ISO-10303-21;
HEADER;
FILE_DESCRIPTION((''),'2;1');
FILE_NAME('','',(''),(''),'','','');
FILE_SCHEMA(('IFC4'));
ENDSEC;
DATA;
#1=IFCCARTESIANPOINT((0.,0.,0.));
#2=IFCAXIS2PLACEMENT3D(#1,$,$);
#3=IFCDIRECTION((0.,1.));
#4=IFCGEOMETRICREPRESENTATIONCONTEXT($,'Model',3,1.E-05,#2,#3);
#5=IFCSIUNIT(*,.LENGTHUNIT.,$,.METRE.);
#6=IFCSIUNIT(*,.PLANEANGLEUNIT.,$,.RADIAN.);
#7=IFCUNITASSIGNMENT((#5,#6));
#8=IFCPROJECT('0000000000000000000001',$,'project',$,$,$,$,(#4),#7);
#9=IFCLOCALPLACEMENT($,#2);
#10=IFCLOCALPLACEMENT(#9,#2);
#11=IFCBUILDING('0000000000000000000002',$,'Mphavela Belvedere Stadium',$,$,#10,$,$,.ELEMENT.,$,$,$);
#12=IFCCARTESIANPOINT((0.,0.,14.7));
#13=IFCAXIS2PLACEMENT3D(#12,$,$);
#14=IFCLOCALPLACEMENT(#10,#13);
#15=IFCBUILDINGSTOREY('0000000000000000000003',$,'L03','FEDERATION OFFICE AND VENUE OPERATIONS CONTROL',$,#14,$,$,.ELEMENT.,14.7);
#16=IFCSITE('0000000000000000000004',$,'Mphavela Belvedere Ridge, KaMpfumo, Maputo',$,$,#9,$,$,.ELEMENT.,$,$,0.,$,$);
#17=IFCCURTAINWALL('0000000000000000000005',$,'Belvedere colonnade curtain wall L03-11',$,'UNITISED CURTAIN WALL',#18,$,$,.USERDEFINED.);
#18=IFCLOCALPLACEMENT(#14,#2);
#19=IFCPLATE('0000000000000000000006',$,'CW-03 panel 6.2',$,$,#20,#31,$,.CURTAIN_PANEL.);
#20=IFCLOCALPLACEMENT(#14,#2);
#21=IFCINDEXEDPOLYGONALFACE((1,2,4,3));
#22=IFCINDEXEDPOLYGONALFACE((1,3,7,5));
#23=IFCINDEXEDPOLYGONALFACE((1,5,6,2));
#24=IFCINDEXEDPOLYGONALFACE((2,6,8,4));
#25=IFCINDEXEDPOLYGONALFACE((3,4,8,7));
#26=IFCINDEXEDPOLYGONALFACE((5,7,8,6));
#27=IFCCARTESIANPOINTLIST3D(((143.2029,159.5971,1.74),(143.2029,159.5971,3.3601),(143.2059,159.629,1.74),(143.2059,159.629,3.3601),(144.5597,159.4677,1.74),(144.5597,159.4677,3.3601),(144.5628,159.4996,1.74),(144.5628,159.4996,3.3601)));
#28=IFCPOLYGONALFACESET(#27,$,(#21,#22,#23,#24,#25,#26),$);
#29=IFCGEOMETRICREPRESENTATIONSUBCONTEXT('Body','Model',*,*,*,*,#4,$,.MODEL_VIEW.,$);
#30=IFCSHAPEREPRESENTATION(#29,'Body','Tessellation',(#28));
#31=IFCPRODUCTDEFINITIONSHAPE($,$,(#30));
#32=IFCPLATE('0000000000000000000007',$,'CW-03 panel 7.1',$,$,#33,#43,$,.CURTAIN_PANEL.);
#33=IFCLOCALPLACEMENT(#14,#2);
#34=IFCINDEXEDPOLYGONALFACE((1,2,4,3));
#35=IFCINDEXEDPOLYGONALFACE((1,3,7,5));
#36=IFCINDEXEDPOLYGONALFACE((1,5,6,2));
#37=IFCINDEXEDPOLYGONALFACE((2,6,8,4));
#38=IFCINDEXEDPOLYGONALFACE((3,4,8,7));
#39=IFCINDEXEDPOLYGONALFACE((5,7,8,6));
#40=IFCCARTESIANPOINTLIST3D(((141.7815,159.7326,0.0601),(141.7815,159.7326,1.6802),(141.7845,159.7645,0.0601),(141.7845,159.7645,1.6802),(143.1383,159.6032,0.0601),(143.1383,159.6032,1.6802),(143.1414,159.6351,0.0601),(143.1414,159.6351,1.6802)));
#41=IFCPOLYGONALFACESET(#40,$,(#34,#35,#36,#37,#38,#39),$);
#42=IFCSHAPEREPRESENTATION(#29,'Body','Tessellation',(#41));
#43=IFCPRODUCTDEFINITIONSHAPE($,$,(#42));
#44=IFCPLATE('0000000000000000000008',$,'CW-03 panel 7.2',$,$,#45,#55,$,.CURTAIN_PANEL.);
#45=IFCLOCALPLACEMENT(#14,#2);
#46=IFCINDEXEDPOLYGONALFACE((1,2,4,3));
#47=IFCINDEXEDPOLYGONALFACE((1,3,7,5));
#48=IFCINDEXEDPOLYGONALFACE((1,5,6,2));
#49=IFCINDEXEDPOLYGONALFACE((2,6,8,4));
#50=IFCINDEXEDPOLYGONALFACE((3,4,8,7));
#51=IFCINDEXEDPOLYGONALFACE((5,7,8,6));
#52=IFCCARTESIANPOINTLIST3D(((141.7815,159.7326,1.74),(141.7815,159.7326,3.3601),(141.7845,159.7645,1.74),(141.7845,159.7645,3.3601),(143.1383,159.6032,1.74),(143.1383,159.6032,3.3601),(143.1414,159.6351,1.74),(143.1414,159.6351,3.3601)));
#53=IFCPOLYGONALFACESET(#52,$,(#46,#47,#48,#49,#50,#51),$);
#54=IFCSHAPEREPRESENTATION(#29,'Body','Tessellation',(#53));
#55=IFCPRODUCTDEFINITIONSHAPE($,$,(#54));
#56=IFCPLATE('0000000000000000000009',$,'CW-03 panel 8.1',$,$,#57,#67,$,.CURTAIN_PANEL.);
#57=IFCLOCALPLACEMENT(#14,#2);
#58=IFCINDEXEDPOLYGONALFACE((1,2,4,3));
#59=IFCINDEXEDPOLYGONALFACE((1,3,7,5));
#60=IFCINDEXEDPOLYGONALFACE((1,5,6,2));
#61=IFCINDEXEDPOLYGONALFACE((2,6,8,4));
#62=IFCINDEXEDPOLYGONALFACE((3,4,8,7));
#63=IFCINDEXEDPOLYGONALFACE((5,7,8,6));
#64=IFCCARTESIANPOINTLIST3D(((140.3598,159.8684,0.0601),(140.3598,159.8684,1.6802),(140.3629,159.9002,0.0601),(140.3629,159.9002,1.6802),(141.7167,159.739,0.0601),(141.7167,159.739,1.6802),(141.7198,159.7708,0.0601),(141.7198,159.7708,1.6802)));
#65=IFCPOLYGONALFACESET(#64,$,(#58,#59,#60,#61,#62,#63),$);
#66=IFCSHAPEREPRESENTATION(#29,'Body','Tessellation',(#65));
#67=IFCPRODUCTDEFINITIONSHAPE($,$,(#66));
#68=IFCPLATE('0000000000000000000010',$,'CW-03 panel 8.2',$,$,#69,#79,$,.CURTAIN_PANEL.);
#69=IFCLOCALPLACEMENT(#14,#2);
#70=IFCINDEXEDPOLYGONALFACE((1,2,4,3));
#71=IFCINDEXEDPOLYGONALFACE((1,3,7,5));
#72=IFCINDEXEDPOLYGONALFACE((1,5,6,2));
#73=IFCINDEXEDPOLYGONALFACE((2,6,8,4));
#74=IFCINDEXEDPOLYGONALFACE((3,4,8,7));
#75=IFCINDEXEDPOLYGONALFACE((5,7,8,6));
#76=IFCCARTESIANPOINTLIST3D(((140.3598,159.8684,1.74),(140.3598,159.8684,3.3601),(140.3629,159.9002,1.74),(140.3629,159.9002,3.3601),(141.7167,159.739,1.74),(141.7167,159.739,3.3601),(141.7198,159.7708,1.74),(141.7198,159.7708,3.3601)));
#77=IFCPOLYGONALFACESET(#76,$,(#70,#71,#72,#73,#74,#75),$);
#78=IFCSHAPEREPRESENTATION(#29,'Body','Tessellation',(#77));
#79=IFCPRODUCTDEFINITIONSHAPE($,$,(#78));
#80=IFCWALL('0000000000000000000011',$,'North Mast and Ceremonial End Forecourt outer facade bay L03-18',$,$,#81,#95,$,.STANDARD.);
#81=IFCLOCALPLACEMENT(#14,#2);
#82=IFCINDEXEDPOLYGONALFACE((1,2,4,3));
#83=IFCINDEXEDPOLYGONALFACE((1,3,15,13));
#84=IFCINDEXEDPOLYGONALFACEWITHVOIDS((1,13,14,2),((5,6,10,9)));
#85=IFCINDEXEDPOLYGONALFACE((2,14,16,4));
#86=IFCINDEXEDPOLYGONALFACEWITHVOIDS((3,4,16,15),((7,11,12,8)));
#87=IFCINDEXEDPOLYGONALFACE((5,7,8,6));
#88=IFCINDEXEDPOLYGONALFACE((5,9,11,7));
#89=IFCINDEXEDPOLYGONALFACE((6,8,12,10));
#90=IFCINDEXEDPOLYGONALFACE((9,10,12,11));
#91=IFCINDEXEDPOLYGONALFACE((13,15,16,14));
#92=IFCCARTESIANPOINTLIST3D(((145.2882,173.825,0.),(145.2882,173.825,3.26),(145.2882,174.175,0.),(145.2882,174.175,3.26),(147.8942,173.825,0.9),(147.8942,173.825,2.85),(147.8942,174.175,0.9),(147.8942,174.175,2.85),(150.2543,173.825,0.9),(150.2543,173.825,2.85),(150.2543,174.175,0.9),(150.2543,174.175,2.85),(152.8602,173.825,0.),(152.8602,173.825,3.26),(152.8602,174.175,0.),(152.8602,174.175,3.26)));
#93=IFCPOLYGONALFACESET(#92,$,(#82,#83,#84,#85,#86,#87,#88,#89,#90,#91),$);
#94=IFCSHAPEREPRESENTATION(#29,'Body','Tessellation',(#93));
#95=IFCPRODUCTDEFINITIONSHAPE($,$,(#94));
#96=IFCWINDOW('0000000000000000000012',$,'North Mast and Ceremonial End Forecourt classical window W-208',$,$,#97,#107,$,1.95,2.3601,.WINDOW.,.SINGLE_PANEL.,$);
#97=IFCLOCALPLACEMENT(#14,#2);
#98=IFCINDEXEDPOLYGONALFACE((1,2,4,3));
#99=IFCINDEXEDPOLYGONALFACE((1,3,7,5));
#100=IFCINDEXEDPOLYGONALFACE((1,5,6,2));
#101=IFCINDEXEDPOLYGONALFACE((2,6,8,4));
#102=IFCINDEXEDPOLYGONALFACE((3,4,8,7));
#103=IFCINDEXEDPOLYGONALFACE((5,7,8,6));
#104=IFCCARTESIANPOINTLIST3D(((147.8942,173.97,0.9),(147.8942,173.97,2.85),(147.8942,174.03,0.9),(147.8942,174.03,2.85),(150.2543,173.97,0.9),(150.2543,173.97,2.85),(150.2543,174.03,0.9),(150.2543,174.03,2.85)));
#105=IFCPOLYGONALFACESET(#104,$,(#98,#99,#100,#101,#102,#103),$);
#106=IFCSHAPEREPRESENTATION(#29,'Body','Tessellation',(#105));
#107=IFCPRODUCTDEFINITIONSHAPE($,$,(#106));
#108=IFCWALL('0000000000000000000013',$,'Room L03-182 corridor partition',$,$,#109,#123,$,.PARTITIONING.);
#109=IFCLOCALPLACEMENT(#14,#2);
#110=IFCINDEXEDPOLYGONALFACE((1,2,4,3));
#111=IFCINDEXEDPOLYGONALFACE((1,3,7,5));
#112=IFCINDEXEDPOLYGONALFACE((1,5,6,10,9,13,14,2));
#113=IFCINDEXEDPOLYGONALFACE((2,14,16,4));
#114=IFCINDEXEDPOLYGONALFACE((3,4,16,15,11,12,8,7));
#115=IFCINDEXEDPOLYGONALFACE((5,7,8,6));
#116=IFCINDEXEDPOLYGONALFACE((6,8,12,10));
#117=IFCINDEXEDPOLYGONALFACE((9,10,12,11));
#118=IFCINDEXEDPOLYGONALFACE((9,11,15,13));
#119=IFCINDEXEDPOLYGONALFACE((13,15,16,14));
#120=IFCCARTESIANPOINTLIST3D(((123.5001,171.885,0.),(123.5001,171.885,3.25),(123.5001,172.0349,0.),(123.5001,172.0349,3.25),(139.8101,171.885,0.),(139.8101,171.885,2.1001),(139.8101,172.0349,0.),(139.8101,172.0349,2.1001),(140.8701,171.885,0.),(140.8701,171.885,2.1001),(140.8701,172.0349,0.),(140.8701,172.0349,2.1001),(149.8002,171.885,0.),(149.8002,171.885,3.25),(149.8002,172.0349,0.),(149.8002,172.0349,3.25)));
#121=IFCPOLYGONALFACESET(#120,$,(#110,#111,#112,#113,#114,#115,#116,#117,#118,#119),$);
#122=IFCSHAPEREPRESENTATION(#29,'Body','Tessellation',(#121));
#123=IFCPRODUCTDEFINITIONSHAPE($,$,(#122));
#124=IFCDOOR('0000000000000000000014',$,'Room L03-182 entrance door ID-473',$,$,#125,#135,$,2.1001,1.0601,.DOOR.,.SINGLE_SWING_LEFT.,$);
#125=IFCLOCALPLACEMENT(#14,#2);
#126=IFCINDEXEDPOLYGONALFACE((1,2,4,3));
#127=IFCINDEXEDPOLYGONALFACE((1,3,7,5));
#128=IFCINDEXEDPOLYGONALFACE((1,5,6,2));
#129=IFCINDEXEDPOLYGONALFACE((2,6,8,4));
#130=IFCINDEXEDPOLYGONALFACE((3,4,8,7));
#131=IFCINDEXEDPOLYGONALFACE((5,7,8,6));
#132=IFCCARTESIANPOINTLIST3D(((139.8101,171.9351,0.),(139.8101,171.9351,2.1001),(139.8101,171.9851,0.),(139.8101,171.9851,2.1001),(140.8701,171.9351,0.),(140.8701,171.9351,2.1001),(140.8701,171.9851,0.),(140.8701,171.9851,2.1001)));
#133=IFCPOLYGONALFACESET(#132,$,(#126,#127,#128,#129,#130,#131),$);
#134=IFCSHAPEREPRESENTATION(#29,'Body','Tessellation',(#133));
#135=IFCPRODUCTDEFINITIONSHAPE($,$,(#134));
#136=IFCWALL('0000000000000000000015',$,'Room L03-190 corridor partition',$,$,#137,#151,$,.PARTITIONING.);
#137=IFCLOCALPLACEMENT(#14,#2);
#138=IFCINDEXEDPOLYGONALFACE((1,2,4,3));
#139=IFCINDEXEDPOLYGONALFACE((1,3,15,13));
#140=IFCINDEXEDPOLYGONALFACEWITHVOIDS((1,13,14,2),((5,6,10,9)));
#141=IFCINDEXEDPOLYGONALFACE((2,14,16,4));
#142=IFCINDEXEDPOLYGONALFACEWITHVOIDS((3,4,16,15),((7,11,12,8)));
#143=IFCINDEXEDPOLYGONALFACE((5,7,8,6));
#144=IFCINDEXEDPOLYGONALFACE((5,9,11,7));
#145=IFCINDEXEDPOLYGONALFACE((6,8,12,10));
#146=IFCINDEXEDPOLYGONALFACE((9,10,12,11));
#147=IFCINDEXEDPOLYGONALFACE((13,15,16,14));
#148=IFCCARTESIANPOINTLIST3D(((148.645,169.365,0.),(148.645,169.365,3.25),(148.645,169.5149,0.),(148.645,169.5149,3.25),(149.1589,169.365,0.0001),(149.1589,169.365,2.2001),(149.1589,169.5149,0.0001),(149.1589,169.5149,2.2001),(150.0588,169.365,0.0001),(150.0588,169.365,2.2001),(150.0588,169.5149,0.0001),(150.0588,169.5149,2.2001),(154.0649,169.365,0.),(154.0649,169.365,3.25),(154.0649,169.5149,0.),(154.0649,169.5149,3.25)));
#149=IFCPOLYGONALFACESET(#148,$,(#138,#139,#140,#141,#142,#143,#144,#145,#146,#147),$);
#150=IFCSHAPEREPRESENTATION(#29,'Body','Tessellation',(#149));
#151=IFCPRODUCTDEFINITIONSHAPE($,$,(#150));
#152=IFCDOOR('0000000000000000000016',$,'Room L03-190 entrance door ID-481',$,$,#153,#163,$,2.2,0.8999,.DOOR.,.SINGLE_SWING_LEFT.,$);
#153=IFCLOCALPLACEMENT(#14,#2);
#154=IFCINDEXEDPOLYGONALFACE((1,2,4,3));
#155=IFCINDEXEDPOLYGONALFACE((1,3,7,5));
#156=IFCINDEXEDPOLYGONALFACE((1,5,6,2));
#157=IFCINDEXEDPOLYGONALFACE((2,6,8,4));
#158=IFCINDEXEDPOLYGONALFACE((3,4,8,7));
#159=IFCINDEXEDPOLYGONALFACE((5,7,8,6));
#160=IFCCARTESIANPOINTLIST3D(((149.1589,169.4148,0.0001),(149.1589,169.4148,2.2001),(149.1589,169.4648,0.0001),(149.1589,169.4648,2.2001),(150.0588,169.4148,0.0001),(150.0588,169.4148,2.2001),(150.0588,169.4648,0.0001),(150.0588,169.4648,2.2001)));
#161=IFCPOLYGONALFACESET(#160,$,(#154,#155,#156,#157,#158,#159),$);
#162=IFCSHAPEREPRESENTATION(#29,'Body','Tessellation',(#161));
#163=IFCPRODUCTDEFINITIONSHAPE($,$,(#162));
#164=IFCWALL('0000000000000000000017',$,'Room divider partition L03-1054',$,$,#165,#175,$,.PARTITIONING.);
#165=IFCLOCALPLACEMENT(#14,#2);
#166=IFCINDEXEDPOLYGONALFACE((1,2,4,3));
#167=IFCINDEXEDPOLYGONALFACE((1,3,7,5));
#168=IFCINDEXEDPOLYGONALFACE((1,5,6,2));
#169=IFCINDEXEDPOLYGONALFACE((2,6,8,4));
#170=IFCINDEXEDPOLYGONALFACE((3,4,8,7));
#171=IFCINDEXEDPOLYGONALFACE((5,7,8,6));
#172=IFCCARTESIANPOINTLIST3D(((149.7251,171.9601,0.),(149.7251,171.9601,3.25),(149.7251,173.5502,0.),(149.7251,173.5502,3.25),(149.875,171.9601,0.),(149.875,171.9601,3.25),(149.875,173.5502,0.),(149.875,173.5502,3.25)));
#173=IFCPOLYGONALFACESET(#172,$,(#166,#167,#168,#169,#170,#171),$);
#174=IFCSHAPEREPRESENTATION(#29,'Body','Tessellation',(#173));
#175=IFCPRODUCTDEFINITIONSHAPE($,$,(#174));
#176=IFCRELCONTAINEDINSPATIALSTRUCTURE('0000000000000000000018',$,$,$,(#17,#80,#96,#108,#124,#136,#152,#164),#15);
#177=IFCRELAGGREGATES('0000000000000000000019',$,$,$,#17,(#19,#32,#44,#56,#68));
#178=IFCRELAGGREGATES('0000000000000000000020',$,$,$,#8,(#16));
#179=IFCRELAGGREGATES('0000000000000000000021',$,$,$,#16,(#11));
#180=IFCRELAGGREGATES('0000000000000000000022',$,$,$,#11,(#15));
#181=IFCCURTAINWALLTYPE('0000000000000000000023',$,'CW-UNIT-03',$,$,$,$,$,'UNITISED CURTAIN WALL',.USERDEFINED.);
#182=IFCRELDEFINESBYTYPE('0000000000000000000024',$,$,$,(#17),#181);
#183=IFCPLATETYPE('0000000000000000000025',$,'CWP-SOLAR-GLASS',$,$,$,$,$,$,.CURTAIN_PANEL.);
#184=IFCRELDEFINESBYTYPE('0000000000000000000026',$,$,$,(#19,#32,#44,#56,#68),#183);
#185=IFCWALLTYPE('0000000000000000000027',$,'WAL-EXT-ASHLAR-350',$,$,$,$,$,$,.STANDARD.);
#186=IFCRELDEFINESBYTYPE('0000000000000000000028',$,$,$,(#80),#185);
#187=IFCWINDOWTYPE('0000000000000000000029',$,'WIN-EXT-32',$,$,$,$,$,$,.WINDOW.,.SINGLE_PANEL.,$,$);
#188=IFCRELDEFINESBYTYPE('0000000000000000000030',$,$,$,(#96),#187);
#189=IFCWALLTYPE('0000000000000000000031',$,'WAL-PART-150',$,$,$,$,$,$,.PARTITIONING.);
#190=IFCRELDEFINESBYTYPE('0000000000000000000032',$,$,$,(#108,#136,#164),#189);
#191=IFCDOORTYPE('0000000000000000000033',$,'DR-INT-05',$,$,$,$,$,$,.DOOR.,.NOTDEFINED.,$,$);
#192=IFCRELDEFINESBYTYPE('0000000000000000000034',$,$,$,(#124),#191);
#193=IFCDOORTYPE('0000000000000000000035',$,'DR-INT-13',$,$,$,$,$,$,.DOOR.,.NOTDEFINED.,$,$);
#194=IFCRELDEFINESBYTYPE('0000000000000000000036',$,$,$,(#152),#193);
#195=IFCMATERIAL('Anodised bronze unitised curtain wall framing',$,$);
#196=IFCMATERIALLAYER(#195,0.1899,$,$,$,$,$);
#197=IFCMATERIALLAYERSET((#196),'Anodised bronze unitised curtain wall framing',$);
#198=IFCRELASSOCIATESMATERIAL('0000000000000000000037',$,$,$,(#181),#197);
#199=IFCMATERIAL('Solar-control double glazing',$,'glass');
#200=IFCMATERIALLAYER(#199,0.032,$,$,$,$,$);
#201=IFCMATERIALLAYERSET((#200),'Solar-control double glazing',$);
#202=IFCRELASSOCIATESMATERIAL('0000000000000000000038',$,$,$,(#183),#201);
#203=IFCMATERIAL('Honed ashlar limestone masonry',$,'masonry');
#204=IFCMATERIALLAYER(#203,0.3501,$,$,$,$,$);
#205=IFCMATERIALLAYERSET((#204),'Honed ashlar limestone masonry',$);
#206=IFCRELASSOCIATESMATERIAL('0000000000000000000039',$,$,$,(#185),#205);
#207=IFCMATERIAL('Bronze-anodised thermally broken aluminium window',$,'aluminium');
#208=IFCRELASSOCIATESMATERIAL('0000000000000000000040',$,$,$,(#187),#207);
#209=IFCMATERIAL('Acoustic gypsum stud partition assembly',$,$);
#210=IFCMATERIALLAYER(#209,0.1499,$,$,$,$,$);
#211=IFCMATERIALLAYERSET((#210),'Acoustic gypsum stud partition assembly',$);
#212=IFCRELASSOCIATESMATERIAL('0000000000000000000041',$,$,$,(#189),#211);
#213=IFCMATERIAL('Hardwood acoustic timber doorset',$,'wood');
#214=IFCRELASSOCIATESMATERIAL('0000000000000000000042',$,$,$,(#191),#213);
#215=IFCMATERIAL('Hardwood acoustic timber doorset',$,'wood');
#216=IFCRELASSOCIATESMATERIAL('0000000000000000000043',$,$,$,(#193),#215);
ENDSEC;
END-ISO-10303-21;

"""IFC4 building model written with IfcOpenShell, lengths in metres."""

from ifc_helpers import new_model, si_unit, direction, frame, frame_2d, origin, origin_2d, place, context, subcontext, project, spatial, rectangle, extrude, material, layer, layer_set, type_object, element, fill, aggregate, save


model = new_model("IFC4")

# Units and contexts
model_context = context("Model", 3, precision=1e-05, world=origin(), true_north=direction((0.0, 1.0)))
body_context = subcontext(model_context, "Body", "Model", "MODEL_VIEW")
ifc_project = project(units=[si_unit("LENGTHUNIT", "METRE"), si_unit("PLANEANGLEUNIT", "RADIAN")], contexts=[model_context])

# Site, building, storey
site_placement = place(None, origin())
site = spatial("IfcSite", under=ifc_project, at=site_placement, Name="Mphavela Belvedere Ridge, KaMpfumo, Maputo", CompositionType="ELEMENT", RefElevation=0.0)
building_placement = place(site_placement, origin())
building = spatial("IfcBuilding", under=site, at=building_placement, Name="Mphavela Belvedere Stadium", CompositionType="ELEMENT")
storey_placement = place(building_placement, frame((0.0, 0.0, 14.7)))
storey = spatial("IfcBuildingStorey", under=building, at=storey_placement, Name="L03", Description="FEDERATION OFFICE AND VENUE OPERATIONS CONTROL", CompositionType="ELEMENT", Elevation=14.7)

# Curtain wall, plates
ifc_material_1 = material(Name="Anodised bronze unitised curtain wall framing")
ifc_layer_1 = layer(ifc_material_1, 0.1899)
ifc_layer_set_1 = layer_set([ifc_layer_1], Name="Anodised bronze unitised curtain wall framing")
curtain_wall_type = type_object("IfcCurtainWallType", Name="CW-UNIT-03", ElementType="UNITISED CURTAIN WALL", PredefinedType="USERDEFINED", material=ifc_layer_set_1)
curtain_wall_placement = place(storey_placement, origin())
curtain_wall = element("IfcCurtainWall", 1, at=curtain_wall_placement, inside=storey, type_object=curtain_wall_type, Name="Belvedere colonnade curtain wall L03-11", ObjectType="UNITISED CURTAIN WALL", PredefinedType="USERDEFINED")
ifc_material_2 = material(Name="Solar-control double glazing", Category="glass")
ifc_layer_2 = layer(ifc_material_2, 0.032)
ifc_layer_set_2 = layer_set([ifc_layer_2], Name="Solar-control double glazing")
plate_type = type_object("IfcPlateType", Name="CWP-SOLAR-GLASS", PredefinedType="CURTAIN_PANEL", material=ifc_layer_set_2)
plate_1_placement = place(storey_placement, frame((143.8828, 159.5483, 1.74), z_axis=(0.0, 0.0, 1.0), x_axis=(-0.995484, 0.094929, 0.0)))
plate_1 = element("IfcPlate", 2, at=plate_1_placement, type_object=plate_type, Name="CW-03 panel 6.2", PredefinedType="CURTAIN_PANEL", context=body_context, shape_type="SweptSolid", body=[
    extrude(rectangle(XDim=1.363, YDim=0.032, at=origin_2d()), origin(), (0.0, 0.0, 1.0), 1.6201),
])
plate_2_placement = place(storey_placement, frame((142.4614, 159.6838, 0.0601), z_axis=(0.0, 0.0, 1.0), x_axis=(-0.995484, 0.094929, 0.0)))
plate_2 = element("IfcPlate", 3, at=plate_2_placement, type_object=plate_type, Name="CW-03 panel 7.1", PredefinedType="CURTAIN_PANEL", context=body_context, shape_type="SweptSolid", body=[
    extrude(rectangle(XDim=1.363, YDim=0.032, at=origin_2d()), origin(), (0.0, 0.0, 1.0), 1.6201),
])
plate_3_placement = place(storey_placement, frame((142.4614, 159.6838, 1.74), z_axis=(0.0, 0.0, 1.0), x_axis=(-0.995484, 0.094929, 0.0)))
plate_3 = element("IfcPlate", 4, at=plate_3_placement, type_object=plate_type, Name="CW-03 panel 7.2", PredefinedType="CURTAIN_PANEL", context=body_context, shape_type="SweptSolid", body=[
    extrude(rectangle(XDim=1.363, YDim=0.032, at=origin_2d()), origin(), (0.0, 0.0, 1.0), 1.6201),
])
plate_4_placement = place(storey_placement, frame((141.0398, 159.8196, 0.0601), z_axis=(0.0, 0.0, 1.0), x_axis=(-0.995484, 0.094929, 0.0)))
plate_4 = element("IfcPlate", 5, at=plate_4_placement, type_object=plate_type, Name="CW-03 panel 8.1", PredefinedType="CURTAIN_PANEL", context=body_context, shape_type="SweptSolid", body=[
    extrude(rectangle(XDim=1.363, YDim=0.032, at=origin_2d()), origin(), (0.0, 0.0, 1.0), 1.6201),
])
plate_5_placement = place(storey_placement, frame((141.0398, 159.8196, 1.74), z_axis=(0.0, 0.0, 1.0), x_axis=(-0.995484, 0.094929, 0.0)))
plate_5 = element("IfcPlate", 6, at=plate_5_placement, type_object=plate_type, Name="CW-03 panel 8.2", PredefinedType="CURTAIN_PANEL", context=body_context, shape_type="SweptSolid", body=[
    extrude(rectangle(XDim=1.363, YDim=0.032, at=origin_2d()), origin(), (0.0, 0.0, 1.0), 1.6201),
])
aggregate(curtain_wall, [plate_1, plate_2, plate_3, plate_4, plate_5])

# Wall, opening, window
ifc_material_3 = material(Name="Honed ashlar limestone masonry", Category="masonry")
ifc_layer_3 = layer(ifc_material_3, 0.3501)
ifc_layer_set_3 = layer_set([ifc_layer_3], Name="Honed ashlar limestone masonry")
wall_type_1 = type_object("IfcWallType", Name="WAL-EXT-ASHLAR-350", PredefinedType="STANDARD", material=ifc_layer_set_3)
wall_1_placement = place(storey_placement, frame((145.2881, 174.0, 0.0), z_axis=(0.0, 0.0, 1.0), x_axis=(1.0, 0.0, 0.0)))
wall_1 = element("IfcWall", 7, at=wall_1_placement, inside=storey, type_object=wall_type_1, Name="North Mast and Ceremonial End Forecourt outer facade bay L03-18", PredefinedType="STANDARD", context=body_context, shape_type="SweptSolid", body=[
    extrude(rectangle(XDim=7.572, YDim=0.3501, at=frame_2d((3.7861, 0.0))), origin(), (0.0, 0.0, 1.0), 3.26),
])
opening_1_placement = place(wall_1_placement, frame((2.606, 0.0, 0.8999)))
opening_1 = element("IfcOpeningElement", 8, at=opening_1_placement, cuts=wall_1, PredefinedType="OPENING", context=body_context, shape_type="SweptSolid", body=[
    extrude(rectangle(XDim=2.3601, YDim=1.95, at=frame_2d((1.1802, 0.9751))), frame((0.0, 0.1851, 0.0), z_axis=(0.0, -1.0, 0.0), x_axis=(1.0, 0.0, 0.0)), (0.0, 0.0, 1.0), 0.3701),
])
ifc_material_4 = material(Name="Bronze-anodised thermally broken aluminium window", Category="aluminium")
window_type = type_object("IfcWindowType", Name="WIN-EXT-32", PartitioningType="SINGLE_PANEL", PredefinedType="WINDOW", material=ifc_material_4)
window_placement = place(opening_1_placement, origin())
window = element("IfcWindow", 9, at=window_placement, inside=storey, type_object=window_type, Name="North Mast and Ceremonial End Forecourt classical window W-208", OverallHeight=1.95, OverallWidth=2.3601, PartitioningType="SINGLE_PANEL", PredefinedType="WINDOW", context=body_context, shape_type="SweptSolid", body=[
    extrude(rectangle(XDim=2.3601, YDim=1.95, at=frame_2d((1.1802, 0.9751))), frame((0.0, 0.03, 0.0), z_axis=(0.0, -1.0, 0.0), x_axis=(1.0, 0.0, 0.0)), (0.0, 0.0, 1.0), 0.0601),
])
fill(opening_1, window)

# Walls, openings, doors
ifc_material_5 = material(Name="Acoustic gypsum stud partition assembly")
ifc_layer_4 = layer(ifc_material_5, 0.1499)
ifc_layer_set_4 = layer_set([ifc_layer_4], Name="Acoustic gypsum stud partition assembly")
wall_type_2 = type_object("IfcWallType", Name="WAL-PART-150", PredefinedType="PARTITIONING", material=ifc_layer_set_4)
wall_2_placement = place(storey_placement, frame((149.8, 171.96, 0.0), z_axis=(0.0, 0.0, 1.0), x_axis=(-1.0, 0.0, 0.0)))
wall_2 = element("IfcWall", 10, at=wall_2_placement, inside=storey, type_object=wall_type_2, Name="Room L03-182 corridor partition", PredefinedType="PARTITIONING", context=body_context, shape_type="SweptSolid", body=[
    extrude(rectangle(XDim=26.3, YDim=0.1499, at=frame_2d((13.1499, 0.0))), origin(), (0.0, 0.0, 1.0), 3.25),
])
opening_2_placement = place(wall_2_placement, frame((8.9299, 0.0, 0.0)))
opening_2 = element("IfcOpeningElement", 11, at=opening_2_placement, cuts=wall_2, PredefinedType="OPENING", context=body_context, shape_type="SweptSolid", body=[
    extrude(rectangle(XDim=1.0601, YDim=2.1001, at=frame_2d((0.53, 1.05))), frame((0.0, 0.085, 0.0), z_axis=(0.0, -1.0, 0.0), x_axis=(1.0, 0.0, 0.0)), (0.0, 0.0, 1.0), 0.1699),
])
ifc_material_6 = material(Name="Hardwood acoustic timber doorset", Category="wood")
door_type_1 = type_object("IfcDoorType", Name="DR-INT-05", OperationType="NOTDEFINED", PredefinedType="DOOR", material=ifc_material_6)
door_1_placement = place(opening_2_placement, origin())
door_1 = element("IfcDoor", 12, at=door_1_placement, inside=storey, type_object=door_type_1, Name="Room L03-182 entrance door ID-473", OperationType="SINGLE_SWING_LEFT", OverallHeight=2.1001, OverallWidth=1.0601, PredefinedType="DOOR", context=body_context, shape_type="SweptSolid", body=[
    extrude(rectangle(XDim=1.0601, YDim=2.1001, at=frame_2d((0.53, 1.05))), frame((0.0, 0.0249, 0.0), z_axis=(0.0, -1.0, 0.0), x_axis=(1.0, 0.0, 0.0)), (0.0, 0.0, 1.0), 0.05),
])
fill(opening_2, door_1)
wall_3_placement = place(storey_placement, frame((148.645, 169.4399, 0.0), z_axis=(0.0, 0.0, 1.0), x_axis=(1.0, 0.0, 0.0)))
wall_3 = element("IfcWall", 13, at=wall_3_placement, inside=storey, type_object=wall_type_2, Name="Room L03-190 corridor partition", PredefinedType="PARTITIONING", context=body_context, shape_type="SweptSolid", body=[
    extrude(rectangle(XDim=5.4199, YDim=0.1499, at=frame_2d((2.71, 0.0))), origin(), (0.0, 0.0, 1.0), 3.25),
])
opening_3_placement = place(wall_3_placement, frame((0.5139, 0.0, 0.0)))
opening_3 = element("IfcOpeningElement", 14, at=opening_3_placement, cuts=wall_3, PredefinedType="OPENING", context=body_context, shape_type="SweptSolid", body=[
    extrude(rectangle(XDim=0.8999, YDim=2.2, at=frame_2d((0.45, 1.1001))), frame((0.0, 0.085, 0.0), z_axis=(0.0, -1.0, 0.0), x_axis=(1.0, 0.0, 0.0)), (0.0, 0.0, 1.0), 0.1699),
])
ifc_material_7 = material(Name="Hardwood acoustic timber doorset", Category="wood")
door_type_2 = type_object("IfcDoorType", Name="DR-INT-13", OperationType="NOTDEFINED", PredefinedType="DOOR", material=ifc_material_7)
door_2_placement = place(opening_3_placement, origin())
door_2 = element("IfcDoor", 15, at=door_2_placement, inside=storey, type_object=door_type_2, Name="Room L03-190 entrance door ID-481", OperationType="SINGLE_SWING_LEFT", OverallHeight=2.2, OverallWidth=0.8999, PredefinedType="DOOR", context=body_context, shape_type="SweptSolid", body=[
    extrude(rectangle(XDim=0.8999, YDim=2.2, at=frame_2d((0.45, 1.1001))), frame((0.0, 0.0249, 0.0), z_axis=(0.0, -1.0, 0.0), x_axis=(1.0, 0.0, 0.0)), (0.0, 0.0, 1.0), 0.05),
])
fill(opening_3, door_2)

# Wall
wall_4_placement = place(storey_placement, frame((149.8, 173.55, 0.0), z_axis=(0.0, 0.0, 1.0), x_axis=(0.0, -1.0, 0.0)))
element("IfcWall", 16, at=wall_4_placement, inside=storey, type_object=wall_type_2, Name="Room divider partition L03-1054", PredefinedType="PARTITIONING", context=body_context, shape_type="SweptSolid", body=[
    extrude(rectangle(XDim=1.5901, YDim=0.1499, at=frame_2d((0.7949, 0.0))), origin(), (0.0, 0.0, 1.0), 3.25),
])

save(model, "model.ifc")
